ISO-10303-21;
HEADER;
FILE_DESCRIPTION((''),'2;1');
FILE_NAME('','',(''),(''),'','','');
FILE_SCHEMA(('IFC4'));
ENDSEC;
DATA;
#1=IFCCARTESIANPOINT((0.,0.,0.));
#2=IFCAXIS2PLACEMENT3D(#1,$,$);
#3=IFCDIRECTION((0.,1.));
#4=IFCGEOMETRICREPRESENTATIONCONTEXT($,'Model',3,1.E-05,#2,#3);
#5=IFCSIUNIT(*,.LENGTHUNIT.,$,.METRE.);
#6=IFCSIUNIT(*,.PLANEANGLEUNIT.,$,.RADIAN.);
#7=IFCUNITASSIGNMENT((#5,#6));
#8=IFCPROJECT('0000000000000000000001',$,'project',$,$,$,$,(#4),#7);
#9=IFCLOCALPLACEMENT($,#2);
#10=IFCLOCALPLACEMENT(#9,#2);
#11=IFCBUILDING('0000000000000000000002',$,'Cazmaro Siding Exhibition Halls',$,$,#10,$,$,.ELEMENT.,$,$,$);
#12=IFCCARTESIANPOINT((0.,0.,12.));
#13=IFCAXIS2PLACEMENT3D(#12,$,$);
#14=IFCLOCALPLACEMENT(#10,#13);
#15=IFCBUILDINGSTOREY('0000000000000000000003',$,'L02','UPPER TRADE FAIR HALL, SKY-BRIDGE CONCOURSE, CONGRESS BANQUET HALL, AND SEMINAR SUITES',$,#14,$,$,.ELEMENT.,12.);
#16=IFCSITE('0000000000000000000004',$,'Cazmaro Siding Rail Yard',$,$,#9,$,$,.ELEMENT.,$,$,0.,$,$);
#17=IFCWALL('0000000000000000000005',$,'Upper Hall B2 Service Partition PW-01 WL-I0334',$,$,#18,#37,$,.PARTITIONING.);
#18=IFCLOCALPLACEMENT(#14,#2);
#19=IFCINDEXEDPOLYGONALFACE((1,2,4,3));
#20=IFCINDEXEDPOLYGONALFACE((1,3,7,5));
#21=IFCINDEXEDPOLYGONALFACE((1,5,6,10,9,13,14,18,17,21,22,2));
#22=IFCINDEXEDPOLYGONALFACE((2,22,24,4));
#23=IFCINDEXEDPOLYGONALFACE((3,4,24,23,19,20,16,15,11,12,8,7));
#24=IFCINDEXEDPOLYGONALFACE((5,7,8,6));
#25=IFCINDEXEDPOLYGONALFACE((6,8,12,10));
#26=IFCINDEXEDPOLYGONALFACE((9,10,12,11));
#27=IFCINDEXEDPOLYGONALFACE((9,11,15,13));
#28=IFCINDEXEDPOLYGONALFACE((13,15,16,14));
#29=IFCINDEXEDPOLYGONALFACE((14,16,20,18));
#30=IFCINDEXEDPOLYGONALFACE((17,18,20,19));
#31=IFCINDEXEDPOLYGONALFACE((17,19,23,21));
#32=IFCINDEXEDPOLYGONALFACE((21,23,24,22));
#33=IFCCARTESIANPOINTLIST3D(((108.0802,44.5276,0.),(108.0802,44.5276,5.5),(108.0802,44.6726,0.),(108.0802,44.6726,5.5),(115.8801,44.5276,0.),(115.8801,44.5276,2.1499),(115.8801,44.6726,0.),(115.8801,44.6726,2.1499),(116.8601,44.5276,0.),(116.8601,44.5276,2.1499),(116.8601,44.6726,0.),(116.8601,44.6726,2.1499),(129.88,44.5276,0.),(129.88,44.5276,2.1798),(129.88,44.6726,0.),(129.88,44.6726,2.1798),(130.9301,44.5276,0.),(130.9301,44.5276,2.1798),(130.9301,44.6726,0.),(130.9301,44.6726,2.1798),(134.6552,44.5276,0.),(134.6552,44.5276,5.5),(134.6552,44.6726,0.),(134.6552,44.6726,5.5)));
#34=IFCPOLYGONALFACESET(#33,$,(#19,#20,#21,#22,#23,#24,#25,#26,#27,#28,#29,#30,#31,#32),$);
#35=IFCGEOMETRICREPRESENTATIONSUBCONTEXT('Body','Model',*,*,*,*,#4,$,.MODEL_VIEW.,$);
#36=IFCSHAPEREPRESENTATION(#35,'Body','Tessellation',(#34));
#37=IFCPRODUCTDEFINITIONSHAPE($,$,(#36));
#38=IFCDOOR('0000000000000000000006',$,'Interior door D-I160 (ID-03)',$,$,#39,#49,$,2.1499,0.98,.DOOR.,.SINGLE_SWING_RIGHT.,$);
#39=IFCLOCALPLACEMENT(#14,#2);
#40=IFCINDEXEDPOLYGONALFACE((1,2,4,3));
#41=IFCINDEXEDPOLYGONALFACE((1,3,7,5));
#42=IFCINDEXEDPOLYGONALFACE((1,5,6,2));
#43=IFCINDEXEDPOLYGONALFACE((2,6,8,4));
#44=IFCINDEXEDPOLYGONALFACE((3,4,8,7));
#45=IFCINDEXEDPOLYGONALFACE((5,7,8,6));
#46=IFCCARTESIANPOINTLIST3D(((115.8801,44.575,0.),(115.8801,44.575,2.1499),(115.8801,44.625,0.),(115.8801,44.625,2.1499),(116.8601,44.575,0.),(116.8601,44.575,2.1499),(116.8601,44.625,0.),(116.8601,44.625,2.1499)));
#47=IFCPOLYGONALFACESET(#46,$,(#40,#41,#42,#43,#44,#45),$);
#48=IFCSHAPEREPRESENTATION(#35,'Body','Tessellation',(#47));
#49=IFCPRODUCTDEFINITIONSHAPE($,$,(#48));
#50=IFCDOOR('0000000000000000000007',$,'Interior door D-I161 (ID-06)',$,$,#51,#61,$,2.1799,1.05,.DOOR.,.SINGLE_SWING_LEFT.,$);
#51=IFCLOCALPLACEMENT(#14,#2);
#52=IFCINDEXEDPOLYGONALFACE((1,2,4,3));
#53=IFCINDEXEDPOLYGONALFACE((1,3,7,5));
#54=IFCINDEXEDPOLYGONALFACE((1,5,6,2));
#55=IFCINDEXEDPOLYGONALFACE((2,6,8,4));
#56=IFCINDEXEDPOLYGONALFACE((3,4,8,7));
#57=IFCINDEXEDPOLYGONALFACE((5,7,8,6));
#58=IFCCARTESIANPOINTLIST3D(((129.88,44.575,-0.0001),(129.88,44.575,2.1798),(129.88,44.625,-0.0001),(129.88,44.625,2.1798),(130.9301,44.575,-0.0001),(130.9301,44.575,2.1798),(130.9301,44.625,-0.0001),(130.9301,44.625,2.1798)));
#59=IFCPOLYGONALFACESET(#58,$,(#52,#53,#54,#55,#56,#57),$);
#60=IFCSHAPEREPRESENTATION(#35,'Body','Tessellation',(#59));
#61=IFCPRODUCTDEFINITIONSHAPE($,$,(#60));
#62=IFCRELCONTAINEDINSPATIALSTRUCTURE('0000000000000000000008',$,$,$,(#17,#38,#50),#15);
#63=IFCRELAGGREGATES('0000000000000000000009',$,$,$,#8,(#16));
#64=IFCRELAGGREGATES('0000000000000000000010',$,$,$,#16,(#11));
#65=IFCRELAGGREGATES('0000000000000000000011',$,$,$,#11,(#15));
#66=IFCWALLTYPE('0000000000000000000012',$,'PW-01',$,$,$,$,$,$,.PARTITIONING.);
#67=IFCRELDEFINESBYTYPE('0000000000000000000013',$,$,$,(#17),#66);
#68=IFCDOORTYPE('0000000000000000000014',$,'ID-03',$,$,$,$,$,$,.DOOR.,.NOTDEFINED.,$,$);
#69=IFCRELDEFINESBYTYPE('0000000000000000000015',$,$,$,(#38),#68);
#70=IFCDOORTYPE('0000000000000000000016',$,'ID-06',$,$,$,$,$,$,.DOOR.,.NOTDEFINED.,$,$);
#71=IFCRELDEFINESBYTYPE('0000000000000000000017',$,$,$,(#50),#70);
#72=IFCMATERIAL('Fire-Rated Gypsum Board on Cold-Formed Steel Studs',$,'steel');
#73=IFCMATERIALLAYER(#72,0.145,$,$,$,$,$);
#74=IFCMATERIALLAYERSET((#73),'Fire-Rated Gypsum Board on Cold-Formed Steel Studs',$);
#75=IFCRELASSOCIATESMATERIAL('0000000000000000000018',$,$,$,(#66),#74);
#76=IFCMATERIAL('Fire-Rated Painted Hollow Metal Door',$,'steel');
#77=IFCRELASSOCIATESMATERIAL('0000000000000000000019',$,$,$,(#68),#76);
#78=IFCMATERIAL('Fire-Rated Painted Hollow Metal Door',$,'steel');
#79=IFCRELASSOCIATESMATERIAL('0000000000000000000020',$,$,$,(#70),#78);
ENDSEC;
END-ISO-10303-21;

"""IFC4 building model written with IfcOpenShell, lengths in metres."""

from ifc_helpers import new_model, si_unit, direction, frame, frame_2d, origin, place, context, subcontext, project, spatial, rectangle, extrude, material, layer, layer_set, type_object, element, fill, save


model = new_model("IFC4")

# Units and contexts
model_context = context("Model", 3, precision=1e-05, world=origin(), true_north=direction((0.0, 1.0)))
body_context = subcontext(model_context, "Body", "Model", "MODEL_VIEW")
ifc_project = project(units=[si_unit("LENGTHUNIT", "METRE"), si_unit("PLANEANGLEUNIT", "RADIAN")], contexts=[model_context])

# Site, building, storey
site_placement = place(None, origin())
site = spatial("IfcSite", under=ifc_project, at=site_placement, Name="Cazmaro Siding Rail Yard", CompositionType="ELEMENT", RefElevation=0.0)
building_placement = place(site_placement, origin())
building = spatial("IfcBuilding", under=site, at=building_placement, Name="Cazmaro Siding Exhibition Halls", CompositionType="ELEMENT")
storey_placement = place(building_placement, frame((0.0, 0.0, 12.0)))
storey = spatial("IfcBuildingStorey", under=building, at=storey_placement, Name="L02", Description="UPPER TRADE FAIR HALL, SKY-BRIDGE CONCOURSE, CONGRESS BANQUET HALL, AND SEMINAR SUITES", CompositionType="ELEMENT", Elevation=12.0)

# Wall, openings, doors
ifc_material_1 = material(Name="Fire-Rated Gypsum Board on Cold-Formed Steel Studs", Category="steel")
ifc_layer_1 = layer(ifc_material_1, 0.145)
ifc_layer_set_1 = layer_set([ifc_layer_1], Name="Fire-Rated Gypsum Board on Cold-Formed Steel Studs")
wall_type_1 = type_object("IfcWallType", Name="PW-01", PredefinedType="PARTITIONING", material=ifc_layer_set_1)
wall_placement = place(storey_placement, frame((108.0801, 44.6001, 0.0), z_axis=(0.0, 0.0, 1.0), x_axis=(1.0, 0.0, 0.0)))
wall = element("IfcWall", 1, at=wall_placement, inside=storey, type_object=wall_type_1, Name="Upper Hall B2 Service Partition PW-01 WL-I0334", PredefinedType="PARTITIONING", context=body_context, shape_type="SweptSolid", body=[
    extrude(rectangle(XDim=26.575, YDim=0.145, at=frame_2d((13.2876, 0.0))), origin(), (0.0, 0.0, 1.0), 5.5),
])
opening_1_placement = place(wall_placement, frame((7.8, 0.0, 0.0)))
opening_1 = element("IfcOpeningElement", 2, at=opening_1_placement, cuts=wall, PredefinedType="OPENING", context=body_context, shape_type="SweptSolid", body=[
    extrude(rectangle(XDim=0.98, YDim=2.1499, at=frame_2d((0.49, 1.075))), frame((0.0, 0.0825, 0.0), z_axis=(0.0, -1.0, 0.0), x_axis=(1.0, 0.0, 0.0)), (0.0, 0.0, 1.0), 0.165),
])
opening_2_placement = place(wall_placement, frame((21.8, 0.0, 0.0)))
opening_2 = element("IfcOpeningElement", 3, at=opening_2_placement, cuts=wall, PredefinedType="OPENING", context=body_context, shape_type="SweptSolid", body=[
    extrude(rectangle(XDim=1.05, YDim=2.1799, at=frame_2d((0.5249, 1.0898))), frame((0.0, 0.0825, 0.0), z_axis=(0.0, -1.0, 0.0), x_axis=(1.0, 0.0, 0.0)), (0.0, 0.0, 1.0), 0.165),
])
ifc_material_2 = material(Name="Fire-Rated Painted Hollow Metal Door", Category="steel")
door_type_1 = type_object("IfcDoorType", Name="ID-03", OperationType="NOTDEFINED", PredefinedType="DOOR", material=ifc_material_2)
door_1_placement = place(opening_1_placement, origin())
door_1 = element("IfcDoor", 4, at=door_1_placement, inside=storey, type_object=door_type_1, Name="Interior door D-I160 (ID-03)", OperationType="SINGLE_SWING_RIGHT", OverallHeight=2.1499, OverallWidth=0.98, PredefinedType="DOOR", context=body_context, shape_type="SweptSolid", body=[
    extrude(rectangle(XDim=0.98, YDim=2.1499, at=frame_2d((0.49, 1.075))), frame((0.0, 0.0249, 0.0), z_axis=(0.0, -1.0, 0.0), x_axis=(1.0, 0.0, 0.0)), (0.0, 0.0, 1.0), 0.05),
])
fill(opening_1, door_1)
ifc_material_3 = material(Name="Fire-Rated Painted Hollow Metal Door", Category="steel")
door_type_2 = type_object("IfcDoorType", Name="ID-06", OperationType="NOTDEFINED", PredefinedType="DOOR", material=ifc_material_3)
door_2_placement = place(opening_2_placement, origin())
door_2 = element("IfcDoor", 5, at=door_2_placement, inside=storey, type_object=door_type_2, Name="Interior door D-I161 (ID-06)", OperationType="SINGLE_SWING_LEFT", OverallHeight=2.1799, OverallWidth=1.05, PredefinedType="DOOR", context=body_context, shape_type="SweptSolid", body=[
    extrude(rectangle(XDim=1.05, YDim=2.1799, at=frame_2d((0.5249, 1.0898))), frame((0.0, 0.0249, 0.0), z_axis=(0.0, -1.0, 0.0), x_axis=(1.0, 0.0, 0.0)), (0.0, 0.0, 1.0), 0.05),
])
fill(opening_2, door_2)

save(model, "model.ifc")
